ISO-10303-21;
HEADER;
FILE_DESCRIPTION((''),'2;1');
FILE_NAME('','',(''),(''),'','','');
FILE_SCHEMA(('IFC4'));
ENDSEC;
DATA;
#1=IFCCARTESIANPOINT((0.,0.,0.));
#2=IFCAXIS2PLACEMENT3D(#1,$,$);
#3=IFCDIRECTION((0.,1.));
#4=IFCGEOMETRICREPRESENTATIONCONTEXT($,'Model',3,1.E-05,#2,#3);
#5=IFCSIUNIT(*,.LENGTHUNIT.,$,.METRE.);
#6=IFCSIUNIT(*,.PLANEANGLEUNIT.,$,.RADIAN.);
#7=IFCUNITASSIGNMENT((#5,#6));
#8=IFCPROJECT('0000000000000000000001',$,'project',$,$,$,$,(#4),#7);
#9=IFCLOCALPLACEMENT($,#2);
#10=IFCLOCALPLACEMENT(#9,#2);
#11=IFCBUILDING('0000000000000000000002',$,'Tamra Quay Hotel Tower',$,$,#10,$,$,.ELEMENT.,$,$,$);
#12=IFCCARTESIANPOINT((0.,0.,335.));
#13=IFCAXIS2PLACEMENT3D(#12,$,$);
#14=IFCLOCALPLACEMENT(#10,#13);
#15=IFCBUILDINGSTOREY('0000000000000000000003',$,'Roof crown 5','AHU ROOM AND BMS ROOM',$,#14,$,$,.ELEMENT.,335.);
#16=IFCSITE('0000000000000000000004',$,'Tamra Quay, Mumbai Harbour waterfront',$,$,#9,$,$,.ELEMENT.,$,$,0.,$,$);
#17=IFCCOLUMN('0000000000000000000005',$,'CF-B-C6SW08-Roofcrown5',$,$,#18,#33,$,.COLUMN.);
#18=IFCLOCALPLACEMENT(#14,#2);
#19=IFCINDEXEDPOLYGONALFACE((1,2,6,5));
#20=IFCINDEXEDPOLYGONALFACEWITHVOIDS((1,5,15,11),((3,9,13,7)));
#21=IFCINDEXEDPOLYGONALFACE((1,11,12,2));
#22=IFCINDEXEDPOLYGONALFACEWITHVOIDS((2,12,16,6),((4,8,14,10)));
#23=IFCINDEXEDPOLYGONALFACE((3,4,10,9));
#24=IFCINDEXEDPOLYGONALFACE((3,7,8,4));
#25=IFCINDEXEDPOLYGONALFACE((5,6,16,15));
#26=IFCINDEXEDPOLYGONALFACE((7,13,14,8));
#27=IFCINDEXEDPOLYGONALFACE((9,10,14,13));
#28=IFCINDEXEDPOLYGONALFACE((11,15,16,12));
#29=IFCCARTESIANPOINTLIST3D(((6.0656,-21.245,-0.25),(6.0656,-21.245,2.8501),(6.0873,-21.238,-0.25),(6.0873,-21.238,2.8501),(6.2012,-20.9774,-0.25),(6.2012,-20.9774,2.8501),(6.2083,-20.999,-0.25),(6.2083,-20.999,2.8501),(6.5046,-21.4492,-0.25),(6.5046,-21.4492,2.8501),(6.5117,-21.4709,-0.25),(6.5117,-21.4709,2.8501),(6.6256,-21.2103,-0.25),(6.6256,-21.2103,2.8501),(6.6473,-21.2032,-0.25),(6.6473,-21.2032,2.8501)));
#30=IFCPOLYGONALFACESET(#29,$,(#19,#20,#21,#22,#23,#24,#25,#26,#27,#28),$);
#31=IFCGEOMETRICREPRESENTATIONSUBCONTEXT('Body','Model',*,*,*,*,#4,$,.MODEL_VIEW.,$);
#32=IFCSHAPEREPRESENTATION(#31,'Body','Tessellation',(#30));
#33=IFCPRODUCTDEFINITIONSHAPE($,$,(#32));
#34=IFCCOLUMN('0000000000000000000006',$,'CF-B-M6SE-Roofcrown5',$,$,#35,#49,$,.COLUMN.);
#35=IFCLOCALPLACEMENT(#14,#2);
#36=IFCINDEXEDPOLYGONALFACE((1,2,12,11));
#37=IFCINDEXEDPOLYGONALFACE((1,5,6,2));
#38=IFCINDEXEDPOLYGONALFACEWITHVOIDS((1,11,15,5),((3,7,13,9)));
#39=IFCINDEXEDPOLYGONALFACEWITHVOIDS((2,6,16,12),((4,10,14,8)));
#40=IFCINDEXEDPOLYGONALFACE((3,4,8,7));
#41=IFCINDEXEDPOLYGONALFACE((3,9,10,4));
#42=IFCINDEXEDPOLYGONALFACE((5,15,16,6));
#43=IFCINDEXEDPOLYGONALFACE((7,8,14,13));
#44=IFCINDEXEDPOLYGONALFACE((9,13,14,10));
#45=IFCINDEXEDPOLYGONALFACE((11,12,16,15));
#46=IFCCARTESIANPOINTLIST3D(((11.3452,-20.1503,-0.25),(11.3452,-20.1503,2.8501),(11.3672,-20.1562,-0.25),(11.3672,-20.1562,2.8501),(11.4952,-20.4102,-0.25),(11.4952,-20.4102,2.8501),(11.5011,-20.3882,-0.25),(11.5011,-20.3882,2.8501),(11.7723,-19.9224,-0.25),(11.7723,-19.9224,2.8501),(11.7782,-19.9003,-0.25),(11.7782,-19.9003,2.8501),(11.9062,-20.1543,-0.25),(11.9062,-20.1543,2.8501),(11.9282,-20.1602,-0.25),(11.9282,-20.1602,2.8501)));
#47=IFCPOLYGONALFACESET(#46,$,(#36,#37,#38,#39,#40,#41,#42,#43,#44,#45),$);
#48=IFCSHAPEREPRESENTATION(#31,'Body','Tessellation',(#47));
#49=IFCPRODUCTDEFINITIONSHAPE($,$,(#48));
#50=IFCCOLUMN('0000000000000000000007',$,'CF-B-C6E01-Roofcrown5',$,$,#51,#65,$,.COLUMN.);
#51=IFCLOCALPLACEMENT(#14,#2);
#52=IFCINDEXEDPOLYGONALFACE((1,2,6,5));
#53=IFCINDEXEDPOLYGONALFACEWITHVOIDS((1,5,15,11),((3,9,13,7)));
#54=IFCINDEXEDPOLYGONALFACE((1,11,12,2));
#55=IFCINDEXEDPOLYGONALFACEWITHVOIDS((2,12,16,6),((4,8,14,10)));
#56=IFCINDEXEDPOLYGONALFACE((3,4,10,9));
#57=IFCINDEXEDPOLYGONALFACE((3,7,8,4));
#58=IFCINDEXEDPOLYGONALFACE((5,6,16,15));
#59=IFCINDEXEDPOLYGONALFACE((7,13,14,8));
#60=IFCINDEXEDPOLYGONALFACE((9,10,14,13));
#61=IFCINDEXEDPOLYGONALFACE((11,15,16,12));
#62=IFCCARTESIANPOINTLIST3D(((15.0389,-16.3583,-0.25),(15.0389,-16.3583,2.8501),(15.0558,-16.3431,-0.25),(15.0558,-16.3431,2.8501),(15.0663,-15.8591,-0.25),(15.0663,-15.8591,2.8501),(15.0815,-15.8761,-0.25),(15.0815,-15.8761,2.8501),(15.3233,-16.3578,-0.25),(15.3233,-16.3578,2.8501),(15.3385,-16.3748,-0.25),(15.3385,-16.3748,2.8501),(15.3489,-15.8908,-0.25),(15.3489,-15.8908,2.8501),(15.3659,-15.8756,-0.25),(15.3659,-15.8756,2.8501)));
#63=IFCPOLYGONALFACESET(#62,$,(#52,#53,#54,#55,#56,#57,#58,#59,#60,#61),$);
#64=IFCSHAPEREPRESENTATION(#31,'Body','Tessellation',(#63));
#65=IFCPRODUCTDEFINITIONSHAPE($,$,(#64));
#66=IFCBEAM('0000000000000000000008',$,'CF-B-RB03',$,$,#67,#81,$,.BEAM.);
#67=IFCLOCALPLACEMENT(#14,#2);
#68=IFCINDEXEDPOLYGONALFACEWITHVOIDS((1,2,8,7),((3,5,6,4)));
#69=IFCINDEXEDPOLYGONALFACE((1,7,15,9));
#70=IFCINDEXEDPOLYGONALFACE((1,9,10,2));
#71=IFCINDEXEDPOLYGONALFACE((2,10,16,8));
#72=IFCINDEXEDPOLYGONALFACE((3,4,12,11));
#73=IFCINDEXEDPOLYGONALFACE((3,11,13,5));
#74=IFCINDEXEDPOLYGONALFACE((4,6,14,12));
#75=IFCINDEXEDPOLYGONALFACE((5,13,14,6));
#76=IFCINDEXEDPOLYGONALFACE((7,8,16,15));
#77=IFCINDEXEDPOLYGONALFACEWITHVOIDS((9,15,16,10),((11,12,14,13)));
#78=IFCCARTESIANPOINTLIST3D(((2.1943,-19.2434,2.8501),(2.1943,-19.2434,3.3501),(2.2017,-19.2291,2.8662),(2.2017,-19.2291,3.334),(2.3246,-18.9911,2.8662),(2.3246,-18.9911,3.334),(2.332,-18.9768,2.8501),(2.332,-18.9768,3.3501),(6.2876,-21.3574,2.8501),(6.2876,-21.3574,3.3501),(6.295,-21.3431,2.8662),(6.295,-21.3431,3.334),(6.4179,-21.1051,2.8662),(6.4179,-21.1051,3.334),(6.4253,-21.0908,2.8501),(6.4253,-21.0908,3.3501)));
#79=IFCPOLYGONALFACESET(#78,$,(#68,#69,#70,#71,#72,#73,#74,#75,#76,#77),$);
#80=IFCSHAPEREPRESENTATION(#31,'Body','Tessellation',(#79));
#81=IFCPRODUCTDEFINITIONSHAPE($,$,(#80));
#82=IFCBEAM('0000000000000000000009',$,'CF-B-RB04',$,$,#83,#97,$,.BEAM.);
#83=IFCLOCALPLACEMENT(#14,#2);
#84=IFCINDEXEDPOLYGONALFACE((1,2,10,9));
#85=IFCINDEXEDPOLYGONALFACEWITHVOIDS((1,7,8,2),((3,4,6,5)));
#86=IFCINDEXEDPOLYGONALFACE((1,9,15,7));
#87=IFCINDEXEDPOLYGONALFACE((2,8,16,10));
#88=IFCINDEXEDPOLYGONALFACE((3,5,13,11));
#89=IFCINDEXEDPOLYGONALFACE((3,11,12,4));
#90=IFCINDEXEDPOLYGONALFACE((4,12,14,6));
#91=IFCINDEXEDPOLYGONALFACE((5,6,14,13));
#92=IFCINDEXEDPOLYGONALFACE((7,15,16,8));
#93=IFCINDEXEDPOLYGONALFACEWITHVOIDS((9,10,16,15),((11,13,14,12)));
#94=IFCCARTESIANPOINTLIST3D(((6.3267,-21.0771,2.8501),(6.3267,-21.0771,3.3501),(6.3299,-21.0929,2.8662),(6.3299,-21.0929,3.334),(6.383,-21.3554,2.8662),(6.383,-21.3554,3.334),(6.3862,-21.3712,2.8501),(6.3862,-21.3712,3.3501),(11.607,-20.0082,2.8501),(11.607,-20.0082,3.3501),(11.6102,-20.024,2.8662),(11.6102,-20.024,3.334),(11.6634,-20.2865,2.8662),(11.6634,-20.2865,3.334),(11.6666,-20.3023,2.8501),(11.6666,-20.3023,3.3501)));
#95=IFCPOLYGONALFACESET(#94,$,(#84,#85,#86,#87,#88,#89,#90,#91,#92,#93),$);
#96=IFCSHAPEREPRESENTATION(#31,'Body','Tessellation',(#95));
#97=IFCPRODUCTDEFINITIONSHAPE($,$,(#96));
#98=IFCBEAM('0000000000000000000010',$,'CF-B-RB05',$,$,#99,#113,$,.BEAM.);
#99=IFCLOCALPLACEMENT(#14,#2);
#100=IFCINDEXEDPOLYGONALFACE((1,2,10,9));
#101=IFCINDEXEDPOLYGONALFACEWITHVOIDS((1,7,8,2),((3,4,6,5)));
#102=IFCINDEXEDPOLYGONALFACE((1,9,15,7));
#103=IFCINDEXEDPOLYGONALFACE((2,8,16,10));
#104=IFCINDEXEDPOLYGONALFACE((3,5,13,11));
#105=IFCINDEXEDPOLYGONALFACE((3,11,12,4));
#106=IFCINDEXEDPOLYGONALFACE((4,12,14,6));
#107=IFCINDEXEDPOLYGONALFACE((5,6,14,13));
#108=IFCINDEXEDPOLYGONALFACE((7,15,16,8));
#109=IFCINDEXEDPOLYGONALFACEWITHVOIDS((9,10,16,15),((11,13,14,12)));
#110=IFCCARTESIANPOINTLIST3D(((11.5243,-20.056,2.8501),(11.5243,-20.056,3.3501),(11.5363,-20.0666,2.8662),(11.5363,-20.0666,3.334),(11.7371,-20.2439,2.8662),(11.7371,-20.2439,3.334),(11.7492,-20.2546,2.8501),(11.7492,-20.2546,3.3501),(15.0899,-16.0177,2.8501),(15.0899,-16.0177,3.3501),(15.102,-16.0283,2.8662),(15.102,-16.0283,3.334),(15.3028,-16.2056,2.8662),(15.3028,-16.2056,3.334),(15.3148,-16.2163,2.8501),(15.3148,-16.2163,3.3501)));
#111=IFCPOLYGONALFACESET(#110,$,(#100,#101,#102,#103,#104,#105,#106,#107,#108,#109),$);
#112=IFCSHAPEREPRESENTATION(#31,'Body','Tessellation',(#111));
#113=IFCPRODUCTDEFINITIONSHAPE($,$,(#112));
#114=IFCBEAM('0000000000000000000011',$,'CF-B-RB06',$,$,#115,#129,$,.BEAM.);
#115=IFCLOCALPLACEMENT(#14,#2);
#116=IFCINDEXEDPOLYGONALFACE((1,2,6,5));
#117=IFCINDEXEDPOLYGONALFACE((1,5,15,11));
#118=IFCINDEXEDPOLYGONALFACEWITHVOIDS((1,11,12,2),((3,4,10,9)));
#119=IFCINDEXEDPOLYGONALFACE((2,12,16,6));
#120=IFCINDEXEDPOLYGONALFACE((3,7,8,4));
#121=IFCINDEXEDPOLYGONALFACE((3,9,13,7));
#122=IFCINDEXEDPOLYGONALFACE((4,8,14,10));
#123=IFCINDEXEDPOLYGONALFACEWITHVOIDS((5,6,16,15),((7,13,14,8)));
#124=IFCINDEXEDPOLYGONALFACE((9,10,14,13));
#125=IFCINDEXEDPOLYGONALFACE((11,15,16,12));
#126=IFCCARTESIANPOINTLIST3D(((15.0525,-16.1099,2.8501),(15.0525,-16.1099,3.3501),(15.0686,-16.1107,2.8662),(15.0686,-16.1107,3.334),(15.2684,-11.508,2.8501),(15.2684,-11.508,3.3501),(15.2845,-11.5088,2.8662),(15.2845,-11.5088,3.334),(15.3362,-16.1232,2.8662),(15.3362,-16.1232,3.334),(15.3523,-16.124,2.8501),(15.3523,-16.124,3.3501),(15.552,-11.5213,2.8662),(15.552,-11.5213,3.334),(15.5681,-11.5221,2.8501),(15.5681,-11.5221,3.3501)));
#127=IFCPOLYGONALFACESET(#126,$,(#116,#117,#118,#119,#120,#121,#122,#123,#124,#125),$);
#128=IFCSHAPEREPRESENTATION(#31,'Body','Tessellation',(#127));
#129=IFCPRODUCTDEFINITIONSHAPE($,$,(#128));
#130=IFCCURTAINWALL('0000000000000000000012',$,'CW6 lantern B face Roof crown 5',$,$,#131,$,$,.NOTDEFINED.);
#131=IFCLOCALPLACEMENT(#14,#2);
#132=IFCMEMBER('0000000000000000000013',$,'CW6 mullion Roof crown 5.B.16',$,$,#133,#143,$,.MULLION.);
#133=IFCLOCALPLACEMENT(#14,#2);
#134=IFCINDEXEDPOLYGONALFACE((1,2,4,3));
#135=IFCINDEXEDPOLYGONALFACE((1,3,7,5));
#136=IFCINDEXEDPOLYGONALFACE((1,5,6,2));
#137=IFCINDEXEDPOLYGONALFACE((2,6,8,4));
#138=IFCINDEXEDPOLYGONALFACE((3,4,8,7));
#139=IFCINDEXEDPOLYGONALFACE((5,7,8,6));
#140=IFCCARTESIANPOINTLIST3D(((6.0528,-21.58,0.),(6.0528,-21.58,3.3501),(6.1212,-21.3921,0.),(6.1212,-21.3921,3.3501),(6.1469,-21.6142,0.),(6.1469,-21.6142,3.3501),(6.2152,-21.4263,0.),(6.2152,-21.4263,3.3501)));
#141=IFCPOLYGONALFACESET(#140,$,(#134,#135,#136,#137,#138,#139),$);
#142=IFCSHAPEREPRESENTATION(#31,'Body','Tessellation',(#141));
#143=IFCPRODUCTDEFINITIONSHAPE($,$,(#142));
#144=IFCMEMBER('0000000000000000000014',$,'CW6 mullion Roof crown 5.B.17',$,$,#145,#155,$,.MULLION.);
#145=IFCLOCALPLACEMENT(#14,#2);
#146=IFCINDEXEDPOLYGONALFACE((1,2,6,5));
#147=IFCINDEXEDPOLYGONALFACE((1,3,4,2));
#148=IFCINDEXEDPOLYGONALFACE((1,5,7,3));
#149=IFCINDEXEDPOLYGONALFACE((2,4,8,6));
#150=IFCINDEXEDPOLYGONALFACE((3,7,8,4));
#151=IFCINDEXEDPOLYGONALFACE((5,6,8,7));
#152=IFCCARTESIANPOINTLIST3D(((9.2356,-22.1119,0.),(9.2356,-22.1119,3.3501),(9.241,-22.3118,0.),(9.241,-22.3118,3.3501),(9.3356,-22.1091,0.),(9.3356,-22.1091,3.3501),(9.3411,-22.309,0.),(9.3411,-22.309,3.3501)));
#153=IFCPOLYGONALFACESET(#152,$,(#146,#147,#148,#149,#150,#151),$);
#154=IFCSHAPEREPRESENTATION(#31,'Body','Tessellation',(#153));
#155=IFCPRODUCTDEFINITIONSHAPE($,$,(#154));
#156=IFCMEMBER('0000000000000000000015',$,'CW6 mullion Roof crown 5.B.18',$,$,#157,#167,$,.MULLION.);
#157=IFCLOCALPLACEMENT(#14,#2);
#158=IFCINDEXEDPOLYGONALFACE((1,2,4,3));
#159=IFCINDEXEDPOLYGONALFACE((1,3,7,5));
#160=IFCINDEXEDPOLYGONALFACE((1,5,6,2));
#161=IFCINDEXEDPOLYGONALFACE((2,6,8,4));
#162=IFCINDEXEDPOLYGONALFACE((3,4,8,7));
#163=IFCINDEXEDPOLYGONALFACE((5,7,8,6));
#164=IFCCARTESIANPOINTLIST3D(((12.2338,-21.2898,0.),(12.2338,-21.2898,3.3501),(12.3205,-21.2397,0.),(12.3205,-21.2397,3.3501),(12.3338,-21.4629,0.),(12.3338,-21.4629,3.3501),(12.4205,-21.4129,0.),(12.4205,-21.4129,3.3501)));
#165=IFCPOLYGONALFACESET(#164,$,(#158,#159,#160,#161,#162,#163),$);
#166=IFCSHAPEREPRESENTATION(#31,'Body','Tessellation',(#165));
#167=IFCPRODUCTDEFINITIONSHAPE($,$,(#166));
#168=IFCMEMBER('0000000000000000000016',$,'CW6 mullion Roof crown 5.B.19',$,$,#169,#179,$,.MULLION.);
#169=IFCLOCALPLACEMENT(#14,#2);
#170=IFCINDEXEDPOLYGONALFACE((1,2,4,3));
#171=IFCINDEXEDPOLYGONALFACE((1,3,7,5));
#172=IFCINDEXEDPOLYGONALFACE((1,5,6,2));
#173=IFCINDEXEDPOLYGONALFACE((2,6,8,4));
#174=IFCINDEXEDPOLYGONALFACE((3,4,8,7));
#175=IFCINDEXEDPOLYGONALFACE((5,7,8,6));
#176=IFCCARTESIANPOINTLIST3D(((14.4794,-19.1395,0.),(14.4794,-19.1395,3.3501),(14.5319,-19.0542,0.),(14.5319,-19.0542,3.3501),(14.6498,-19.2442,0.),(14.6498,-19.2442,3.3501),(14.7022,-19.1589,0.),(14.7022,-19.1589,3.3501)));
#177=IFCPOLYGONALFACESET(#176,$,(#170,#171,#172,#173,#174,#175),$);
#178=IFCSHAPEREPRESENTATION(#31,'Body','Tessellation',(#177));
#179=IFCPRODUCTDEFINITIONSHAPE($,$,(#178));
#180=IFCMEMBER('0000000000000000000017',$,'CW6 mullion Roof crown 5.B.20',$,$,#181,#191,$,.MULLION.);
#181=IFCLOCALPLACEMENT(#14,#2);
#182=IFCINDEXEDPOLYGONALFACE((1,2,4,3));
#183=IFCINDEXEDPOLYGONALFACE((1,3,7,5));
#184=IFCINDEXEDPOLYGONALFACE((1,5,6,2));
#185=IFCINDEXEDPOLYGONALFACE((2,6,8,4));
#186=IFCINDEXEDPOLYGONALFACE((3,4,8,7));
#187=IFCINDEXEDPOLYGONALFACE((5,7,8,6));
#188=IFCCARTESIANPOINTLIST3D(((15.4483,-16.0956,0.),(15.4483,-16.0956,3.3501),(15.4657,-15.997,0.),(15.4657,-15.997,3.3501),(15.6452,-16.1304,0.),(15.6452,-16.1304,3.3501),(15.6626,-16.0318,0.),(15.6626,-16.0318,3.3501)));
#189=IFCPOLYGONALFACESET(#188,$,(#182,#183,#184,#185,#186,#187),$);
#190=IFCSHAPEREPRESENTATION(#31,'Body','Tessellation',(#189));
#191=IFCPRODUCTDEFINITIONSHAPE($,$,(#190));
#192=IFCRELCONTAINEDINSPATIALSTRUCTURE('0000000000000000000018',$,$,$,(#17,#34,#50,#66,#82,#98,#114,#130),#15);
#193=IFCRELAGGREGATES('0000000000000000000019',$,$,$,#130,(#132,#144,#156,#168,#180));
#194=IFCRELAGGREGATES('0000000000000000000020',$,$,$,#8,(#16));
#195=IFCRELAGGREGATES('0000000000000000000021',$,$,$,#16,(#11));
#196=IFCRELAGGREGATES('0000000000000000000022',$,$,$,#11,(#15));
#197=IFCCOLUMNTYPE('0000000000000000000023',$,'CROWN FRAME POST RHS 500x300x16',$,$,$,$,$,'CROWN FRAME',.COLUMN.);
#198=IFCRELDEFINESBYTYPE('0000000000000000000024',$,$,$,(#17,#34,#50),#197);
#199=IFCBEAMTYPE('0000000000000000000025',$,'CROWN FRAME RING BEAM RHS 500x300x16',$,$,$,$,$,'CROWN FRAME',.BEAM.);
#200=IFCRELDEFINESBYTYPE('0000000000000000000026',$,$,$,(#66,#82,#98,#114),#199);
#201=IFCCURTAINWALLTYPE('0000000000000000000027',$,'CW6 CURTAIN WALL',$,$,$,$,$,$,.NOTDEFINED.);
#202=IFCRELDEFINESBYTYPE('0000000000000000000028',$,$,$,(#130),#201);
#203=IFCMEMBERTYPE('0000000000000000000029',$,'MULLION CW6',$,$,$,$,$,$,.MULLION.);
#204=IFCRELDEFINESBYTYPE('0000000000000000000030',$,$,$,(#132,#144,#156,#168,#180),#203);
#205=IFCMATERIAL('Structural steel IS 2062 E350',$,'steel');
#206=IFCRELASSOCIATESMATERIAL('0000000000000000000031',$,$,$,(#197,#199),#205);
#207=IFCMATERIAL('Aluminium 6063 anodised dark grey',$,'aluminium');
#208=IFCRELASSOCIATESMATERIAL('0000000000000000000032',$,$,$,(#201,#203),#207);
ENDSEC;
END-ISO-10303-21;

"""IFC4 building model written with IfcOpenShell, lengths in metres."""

from ifc_helpers import new_model, si_unit, direction, frame, origin, origin_2d, place, context, subcontext, project, spatial, rectangle, hollow_rectangle, extrude, material, material_profile, profile_set, type_object, element, aggregate, save


model = new_model("IFC4")

# Units and contexts
model_context = context("Model", 3, precision=1e-05, world=origin(), true_north=direction((0.0, 1.0)))
body_context = subcontext(model_context, "Body", "Model", "MODEL_VIEW")
ifc_project = project(units=[si_unit("LENGTHUNIT", "METRE"), si_unit("PLANEANGLEUNIT", "RADIAN")], contexts=[model_context])

# Site, building, storey
site_placement = place(None, origin())
site = spatial("IfcSite", under=ifc_project, at=site_placement, Name="Tamra Quay, Mumbai Harbour waterfront", CompositionType="ELEMENT", RefElevation=0.0)
building_placement = place(site_placement, origin())
building = spatial("IfcBuilding", under=site, at=building_placement, Name="Tamra Quay Hotel Tower", CompositionType="ELEMENT")
storey_placement = place(building_placement, frame((0.0, 0.0, 335.0)))
storey = spatial("IfcBuildingStorey", under=building, at=storey_placement, Name="Roof crown 5", Description="AHU ROOM AND BMS ROOM", CompositionType="ELEMENT", Elevation=335.0)

# Columns
ifc_material_1 = material(Name="Structural steel IS 2062 E350", Category="steel")
ifc_material_profile_1 = material_profile(ifc_material_1, hollow_rectangle(XDim=0.3, YDim=0.5, WallThickness=0.0161, at=origin_2d()), Name="RHS 500x300x16")
ifc_profile_set_1 = profile_set([ifc_material_profile_1], Name="Structural steel IS 2062 E350")
column_type = type_object("IfcColumnType", Name="CROWN FRAME POST RHS 500x300x16", ElementType="CROWN FRAME", PredefinedType="COLUMN", material=ifc_profile_set_1)
for number, where, z_axis, x_axis, name in (
    (1, (6.3564, -21.2241, -0.25), (0.0, 0.0, 1.0), (0.451686, 0.892177, 0.0), "CF-B-C6SW08-Roofcrown5"),
    (2, (11.6367, -20.1553, -0.25), (0.0, 0.0, 1.0), (-0.5, 0.866025, 0.0), "CF-B-M6SE-Roofcrown5"),
    (3, (15.2024, -16.1169, -0.25), (0.0, 0.0, 1.0), (-0.998491, 0.054917, 0.0), "CF-B-C6E01-Roofcrown5"),
):
    element("IfcColumn", number, at=place(storey_placement, frame(where, z_axis=z_axis, x_axis=x_axis)), inside=storey, type_object=column_type, Name=name, PredefinedType="COLUMN", context=body_context, shape_type="SweptSolid", body=[
        extrude(hollow_rectangle(XDim=0.3, YDim=0.5, WallThickness=0.0161, at=origin_2d()), origin(), (0.0, 0.0, 1.0), 3.1001),
    ])

# Beams
ifc_material_profile_2 = material_profile(ifc_material_1, hollow_rectangle(XDim=0.3, YDim=0.5, WallThickness=0.0161, at=origin_2d()), Name="RHS 500x300x16")
ifc_profile_set_2 = profile_set([ifc_material_profile_2], Name="Structural steel IS 2062 E350")
beam_type = type_object("IfcBeamType", Name="CROWN FRAME RING BEAM RHS 500x300x16", ElementType="CROWN FRAME", PredefinedType="BEAM", material=ifc_profile_set_2)
beam_1_placement = place(storey_placement, frame((2.2632, -19.1101, 3.1001), z_axis=(0.8885, -0.458876, 0.0), x_axis=(0.458876, 0.8885, 0.0)))
element("IfcBeam", 4, at=beam_1_placement, inside=storey, type_object=beam_type, Name="CF-B-RB03", PredefinedType="BEAM", context=body_context, shape_type="SweptSolid", body=[
    extrude(hollow_rectangle(XDim=0.3, YDim=0.5, WallThickness=0.0161, at=origin_2d()), origin(), (0.0, 0.0, 1.0), 4.6069),
])
beam_2_placement = place(storey_placement, frame((6.3564, -21.2241, 3.1001), z_axis=(0.980121, 0.198399, 0.0), x_axis=(-0.198399, 0.980121, 0.0)))
element("IfcBeam", 5, at=beam_2_placement, inside=storey, type_object=beam_type, Name="CF-B-RB04", PredefinedType="BEAM", context=body_context, shape_type="SweptSolid", body=[
    extrude(hollow_rectangle(XDim=0.3, YDim=0.5, WallThickness=0.0161, at=origin_2d()), origin(), (0.0, 0.0, 1.0), 5.3875),
])
beam_3_placement = place(storey_placement, frame((11.6367, -20.1553, 3.1001), z_axis=(0.661876, 0.749613, 0.0), x_axis=(-0.749613, 0.661876, 0.0)))
element("IfcBeam", 6, at=beam_3_placement, inside=storey, type_object=beam_type, Name="CF-B-RB05", PredefinedType="BEAM", context=body_context, shape_type="SweptSolid", body=[
    extrude(hollow_rectangle(XDim=0.3, YDim=0.5, WallThickness=0.0161, at=origin_2d()), origin(), (0.0, 0.0, 1.0), 5.3872),
])
beam_4_placement = place(storey_placement, frame((15.2024, -16.1169, 3.1001), z_axis=(0.046848, 0.998902, 0.0), x_axis=(-0.998902, 0.046848, 0.0)))
element("IfcBeam", 7, at=beam_4_placement, inside=storey, type_object=beam_type, Name="CF-B-RB06", PredefinedType="BEAM", context=body_context, shape_type="SweptSolid", body=[
    extrude(hollow_rectangle(XDim=0.3, YDim=0.5, WallThickness=0.0161, at=origin_2d()), origin(), (0.0, 0.0, 1.0), 4.6069),
])

# Curtain wall, members
ifc_material_2 = material(Name="Aluminium 6063 anodised dark grey", Category="aluminium")
curtain_wall_type = type_object("IfcCurtainWallType", Name="CW6 CURTAIN WALL", PredefinedType="NOTDEFINED", material=ifc_material_2)
curtain_wall_placement = place(storey_placement, origin())
curtain_wall = element("IfcCurtainWall", 8, at=curtain_wall_placement, inside=storey, type_object=curtain_wall_type, Name="CW6 lantern B face Roof crown 5", PredefinedType="NOTDEFINED")
ifc_material_profile_3 = material_profile(ifc_material_2, rectangle(XDim=0.2, YDim=0.1001, at=origin_2d()), Name="MULLION 100X200")
ifc_profile_set_3 = profile_set([ifc_material_profile_3], Name="Aluminium 6063 anodised dark grey")
member_type_1 = type_object("IfcMemberType", Name="MULLION CW6", PredefinedType="MULLION", material=ifc_profile_set_3)
member_1_placement = place(storey_placement, frame((6.134, -21.5032, 0.0), z_axis=(0.0, 0.0, 1.0), x_axis=(-0.341653, -0.939826, 0.0)))
member_1 = element("IfcMember", 9, at=member_1_placement, type_object=member_type_1, Name="CW6 mullion Roof crown 5.B.16", PredefinedType="MULLION", context=body_context, shape_type="SweptSolid", body=[
    extrude(rectangle(XDim=0.2, YDim=0.1001, at=origin_2d()), origin(), (0.0, 0.0, 1.0), 3.3501),
])
member_2_placement = place(storey_placement, frame((9.2883, -22.2104, 0.0), z_axis=(0.0, 0.0, 1.0), x_axis=(0.027469, -0.999623, 0.0)))
member_2 = element("IfcMember", 10, at=member_2_placement, type_object=member_type_1, Name="CW6 mullion Roof crown 5.B.17", PredefinedType="MULLION", context=body_context, shape_type="SweptSolid", body=[
    extrude(rectangle(XDim=0.2, YDim=0.1001, at=origin_2d()), origin(), (0.0, 0.0, 1.0), 3.3501),
])
member_3_placement = place(storey_placement, frame((12.3271, -21.3513, 0.0), z_axis=(0.0, 0.0, 1.0), x_axis=(0.5, -0.866025, 0.0)))
member_3 = element("IfcMember", 11, at=member_3_placement, type_object=member_type_1, Name="CW6 mullion Roof crown 5.B.18", PredefinedType="MULLION", context=body_context, shape_type="SweptSolid", body=[
    extrude(rectangle(XDim=0.2, YDim=0.1001, at=origin_2d()), origin(), (0.0, 0.0, 1.0), 3.3501),
])
member_4_placement = place(storey_placement, frame((14.5908, -19.1492, 0.0), z_axis=(0.0, 0.0, 1.0), x_axis=(0.851964, -0.5236, 0.0)))
member_4 = element("IfcMember", 12, at=member_4_placement, type_object=member_type_1, Name="CW6 mullion Roof crown 5.B.19", PredefinedType="MULLION", context=body_context, shape_type="SweptSolid", body=[
    extrude(rectangle(XDim=0.2, YDim=0.1001, at=origin_2d()), origin(), (0.0, 0.0, 1.0), 3.3501),
])
member_5_placement = place(storey_placement, frame((15.5554, -16.0637, 0.0), z_axis=(0.0, 0.0, 1.0), x_axis=(0.98474, -0.174032, 0.0)))
member_5 = element("IfcMember", 13, at=member_5_placement, type_object=member_type_1, Name="CW6 mullion Roof crown 5.B.20", PredefinedType="MULLION", context=body_context, shape_type="SweptSolid", body=[
    extrude(rectangle(XDim=0.2, YDim=0.1001, at=origin_2d()), origin(), (0.0, 0.0, 1.0), 3.3501),
])
aggregate(curtain_wall, [member_1, member_2, member_3, member_4, member_5])

save(model, "model.ifc")
